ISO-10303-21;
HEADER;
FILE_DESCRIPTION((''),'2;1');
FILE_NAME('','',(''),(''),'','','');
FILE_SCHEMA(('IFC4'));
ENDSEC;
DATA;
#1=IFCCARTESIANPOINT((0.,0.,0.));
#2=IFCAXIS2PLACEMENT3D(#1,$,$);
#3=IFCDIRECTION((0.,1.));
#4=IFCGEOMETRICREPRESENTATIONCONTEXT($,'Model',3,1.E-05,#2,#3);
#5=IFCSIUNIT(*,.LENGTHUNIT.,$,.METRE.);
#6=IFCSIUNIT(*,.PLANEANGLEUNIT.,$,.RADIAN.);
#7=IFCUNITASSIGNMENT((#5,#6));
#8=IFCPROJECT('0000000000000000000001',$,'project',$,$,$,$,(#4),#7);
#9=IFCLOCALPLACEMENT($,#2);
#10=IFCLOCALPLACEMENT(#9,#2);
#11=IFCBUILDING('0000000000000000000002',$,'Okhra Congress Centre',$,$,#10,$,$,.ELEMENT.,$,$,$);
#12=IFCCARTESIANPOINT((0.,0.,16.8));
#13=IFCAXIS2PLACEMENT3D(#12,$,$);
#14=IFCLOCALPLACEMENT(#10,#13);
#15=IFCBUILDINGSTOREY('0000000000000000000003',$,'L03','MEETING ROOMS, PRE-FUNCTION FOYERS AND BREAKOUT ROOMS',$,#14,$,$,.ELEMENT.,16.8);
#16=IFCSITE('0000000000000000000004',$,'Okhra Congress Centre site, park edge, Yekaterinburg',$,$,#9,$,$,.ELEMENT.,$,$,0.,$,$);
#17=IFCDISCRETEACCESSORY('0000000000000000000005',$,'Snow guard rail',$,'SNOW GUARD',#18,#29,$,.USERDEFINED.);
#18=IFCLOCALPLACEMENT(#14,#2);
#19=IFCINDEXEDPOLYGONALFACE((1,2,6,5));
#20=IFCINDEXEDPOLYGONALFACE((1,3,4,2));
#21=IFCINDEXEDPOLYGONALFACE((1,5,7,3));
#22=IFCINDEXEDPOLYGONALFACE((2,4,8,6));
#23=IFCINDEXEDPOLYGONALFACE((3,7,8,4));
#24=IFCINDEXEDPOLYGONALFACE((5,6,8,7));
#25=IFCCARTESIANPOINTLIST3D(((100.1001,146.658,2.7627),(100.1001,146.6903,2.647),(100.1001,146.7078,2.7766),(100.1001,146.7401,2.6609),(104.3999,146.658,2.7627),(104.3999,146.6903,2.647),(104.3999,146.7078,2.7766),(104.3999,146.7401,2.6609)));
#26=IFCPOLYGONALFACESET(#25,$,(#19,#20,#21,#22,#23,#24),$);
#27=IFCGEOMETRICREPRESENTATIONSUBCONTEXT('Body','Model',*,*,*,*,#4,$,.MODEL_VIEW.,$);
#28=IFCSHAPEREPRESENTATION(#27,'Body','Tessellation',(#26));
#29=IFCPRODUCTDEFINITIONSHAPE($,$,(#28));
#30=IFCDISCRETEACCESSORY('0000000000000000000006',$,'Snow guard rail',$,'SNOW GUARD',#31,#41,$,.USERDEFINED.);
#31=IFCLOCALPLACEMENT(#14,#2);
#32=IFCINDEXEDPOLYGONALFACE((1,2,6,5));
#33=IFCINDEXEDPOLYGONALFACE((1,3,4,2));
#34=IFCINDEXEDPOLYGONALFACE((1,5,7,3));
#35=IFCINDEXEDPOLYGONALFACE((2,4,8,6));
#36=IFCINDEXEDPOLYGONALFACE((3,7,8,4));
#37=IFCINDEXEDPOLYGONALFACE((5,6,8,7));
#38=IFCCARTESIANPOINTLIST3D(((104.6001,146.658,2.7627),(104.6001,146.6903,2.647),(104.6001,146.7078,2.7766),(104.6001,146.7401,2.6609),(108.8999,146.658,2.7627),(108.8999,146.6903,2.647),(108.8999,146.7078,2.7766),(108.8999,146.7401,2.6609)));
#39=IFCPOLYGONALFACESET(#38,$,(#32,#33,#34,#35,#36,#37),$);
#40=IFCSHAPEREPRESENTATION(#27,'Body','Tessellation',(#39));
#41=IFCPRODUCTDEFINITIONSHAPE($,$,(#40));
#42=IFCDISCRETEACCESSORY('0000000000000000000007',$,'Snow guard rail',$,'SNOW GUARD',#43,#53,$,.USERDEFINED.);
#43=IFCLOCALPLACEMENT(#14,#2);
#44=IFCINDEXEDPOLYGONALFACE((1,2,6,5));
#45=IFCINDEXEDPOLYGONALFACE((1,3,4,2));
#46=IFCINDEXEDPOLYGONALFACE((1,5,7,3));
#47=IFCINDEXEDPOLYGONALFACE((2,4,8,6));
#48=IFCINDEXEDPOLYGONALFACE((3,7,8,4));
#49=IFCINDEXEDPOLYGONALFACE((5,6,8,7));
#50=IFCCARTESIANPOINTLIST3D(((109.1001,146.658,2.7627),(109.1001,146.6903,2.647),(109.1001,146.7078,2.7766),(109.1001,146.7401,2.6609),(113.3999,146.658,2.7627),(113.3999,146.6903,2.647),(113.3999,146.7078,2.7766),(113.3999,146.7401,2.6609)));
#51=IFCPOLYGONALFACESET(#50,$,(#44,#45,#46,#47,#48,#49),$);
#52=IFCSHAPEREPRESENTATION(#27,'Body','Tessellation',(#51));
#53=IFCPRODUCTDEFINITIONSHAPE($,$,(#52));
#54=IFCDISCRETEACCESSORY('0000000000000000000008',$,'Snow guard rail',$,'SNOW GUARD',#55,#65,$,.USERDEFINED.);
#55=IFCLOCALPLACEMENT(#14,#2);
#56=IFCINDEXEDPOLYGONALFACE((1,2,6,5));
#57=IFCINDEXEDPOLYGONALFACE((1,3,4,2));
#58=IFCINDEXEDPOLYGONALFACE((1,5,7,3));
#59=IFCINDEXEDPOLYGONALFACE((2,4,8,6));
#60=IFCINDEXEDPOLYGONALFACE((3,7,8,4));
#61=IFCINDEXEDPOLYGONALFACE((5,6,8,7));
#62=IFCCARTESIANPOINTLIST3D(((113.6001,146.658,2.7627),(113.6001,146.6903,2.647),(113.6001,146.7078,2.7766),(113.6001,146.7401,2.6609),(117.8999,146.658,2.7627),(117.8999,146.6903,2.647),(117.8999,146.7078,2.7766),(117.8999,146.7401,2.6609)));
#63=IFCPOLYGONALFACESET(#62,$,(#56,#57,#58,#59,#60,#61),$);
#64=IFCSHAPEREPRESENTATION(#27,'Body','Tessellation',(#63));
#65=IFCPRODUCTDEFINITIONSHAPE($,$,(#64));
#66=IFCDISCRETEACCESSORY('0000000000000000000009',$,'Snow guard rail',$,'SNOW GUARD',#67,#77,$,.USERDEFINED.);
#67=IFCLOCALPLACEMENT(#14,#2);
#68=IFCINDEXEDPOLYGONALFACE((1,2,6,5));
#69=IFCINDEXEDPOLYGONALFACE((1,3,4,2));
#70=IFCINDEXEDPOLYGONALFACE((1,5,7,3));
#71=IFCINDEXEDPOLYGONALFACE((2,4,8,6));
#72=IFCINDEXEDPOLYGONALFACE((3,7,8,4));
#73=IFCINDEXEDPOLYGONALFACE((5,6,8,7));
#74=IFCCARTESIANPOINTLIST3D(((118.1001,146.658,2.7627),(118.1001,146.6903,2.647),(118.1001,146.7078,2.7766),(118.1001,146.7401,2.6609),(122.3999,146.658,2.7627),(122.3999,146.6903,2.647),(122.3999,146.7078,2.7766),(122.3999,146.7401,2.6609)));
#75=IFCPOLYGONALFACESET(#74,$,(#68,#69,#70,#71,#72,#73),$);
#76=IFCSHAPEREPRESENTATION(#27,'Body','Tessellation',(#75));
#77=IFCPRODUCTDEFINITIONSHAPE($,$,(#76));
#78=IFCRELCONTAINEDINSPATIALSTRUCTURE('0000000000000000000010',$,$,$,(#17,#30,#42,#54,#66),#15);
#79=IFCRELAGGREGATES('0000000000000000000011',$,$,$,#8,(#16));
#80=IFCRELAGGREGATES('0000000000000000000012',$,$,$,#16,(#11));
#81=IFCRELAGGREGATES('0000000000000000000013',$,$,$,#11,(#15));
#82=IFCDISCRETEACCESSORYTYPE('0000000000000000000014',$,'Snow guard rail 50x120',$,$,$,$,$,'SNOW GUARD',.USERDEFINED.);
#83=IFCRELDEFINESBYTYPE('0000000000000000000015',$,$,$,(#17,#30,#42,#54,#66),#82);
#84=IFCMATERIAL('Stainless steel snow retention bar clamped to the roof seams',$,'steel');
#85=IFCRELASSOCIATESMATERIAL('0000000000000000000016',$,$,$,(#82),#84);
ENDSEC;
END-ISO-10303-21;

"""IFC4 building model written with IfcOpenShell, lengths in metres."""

from ifc_helpers import new_model, si_unit, direction, frame, origin, place, context, subcontext, project, spatial, polyline, outline, extrude, material, type_object, element, save


model = new_model("IFC4")

# Units and contexts
model_context = context("Model", 3, precision=1e-05, world=origin(), true_north=direction((0.0, 1.0)))
body_context = subcontext(model_context, "Body", "Model", "MODEL_VIEW")
ifc_project = project(units=[si_unit("LENGTHUNIT", "METRE"), si_unit("PLANEANGLEUNIT", "RADIAN")], contexts=[model_context])

# Site, building, storey
site_placement = place(None, origin())
site = spatial("IfcSite", under=ifc_project, at=site_placement, Name="Okhra Congress Centre site, park edge, Yekaterinburg", CompositionType="ELEMENT", RefElevation=0.0)
building_placement = place(site_placement, origin())
building = spatial("IfcBuilding", under=site, at=building_placement, Name="Okhra Congress Centre", CompositionType="ELEMENT")
storey_placement = place(building_placement, frame((0.0, 0.0, 16.8)))
storey = spatial("IfcBuildingStorey", under=building, at=storey_placement, Name="L03", Description="MEETING ROOMS, PRE-FUNCTION FOYERS AND BREAKOUT ROOMS", CompositionType="ELEMENT", Elevation=16.8)

# Discrete accessories
ifc_material_1 = material(Name="Stainless steel snow retention bar clamped to the roof seams", Category="steel")
discrete_accessory_type = type_object("IfcDiscreteAccessoryType", Name="Snow guard rail 50x120", ElementType="SNOW GUARD", PredefinedType="USERDEFINED", material=ifc_material_1)
for number, where, z_axis, x_axis, name in (
    (1, (100.1001, 146.658, 2.7627), (0.0, -0.269105, 0.963111), (1.0, 0.0, 0.0), "Snow guard rail"),
    (2, (104.6001, 146.658, 2.7627), (0.0, -0.269105, 0.963111), (1.0, 0.0, 0.0), "Snow guard rail"),
    (3, (109.1001, 146.658, 2.7627), (0.0, -0.269105, 0.963111), (1.0, 0.0, 0.0), "Snow guard rail"),
    (4, (113.6001, 146.658, 2.7627), (0.0, -0.269105, 0.963111), (1.0, 0.0, 0.0), "Snow guard rail"),
    (5, (118.1001, 146.658, 2.7627), (0.0, -0.269105, 0.963111), (1.0, 0.0, 0.0), "Snow guard rail"),
):
    element("IfcDiscreteAccessory", number, at=place(storey_placement, frame(where, z_axis=z_axis, x_axis=x_axis)), inside=storey, type_object=discrete_accessory_type, Name=name, ObjectType="SNOW GUARD", PredefinedType="USERDEFINED", context=body_context, shape_type="SweptSolid", body=[
        extrude(outline(polyline([(0.0, 0.0), (4.2998, 0.0), (4.2998, 0.0517), (0.0, 0.0517), (0.0, 0.0)])), origin(), (0.0, 0.0, -1.0), 0.1201),
    ])

save(model, "model.ifc")
